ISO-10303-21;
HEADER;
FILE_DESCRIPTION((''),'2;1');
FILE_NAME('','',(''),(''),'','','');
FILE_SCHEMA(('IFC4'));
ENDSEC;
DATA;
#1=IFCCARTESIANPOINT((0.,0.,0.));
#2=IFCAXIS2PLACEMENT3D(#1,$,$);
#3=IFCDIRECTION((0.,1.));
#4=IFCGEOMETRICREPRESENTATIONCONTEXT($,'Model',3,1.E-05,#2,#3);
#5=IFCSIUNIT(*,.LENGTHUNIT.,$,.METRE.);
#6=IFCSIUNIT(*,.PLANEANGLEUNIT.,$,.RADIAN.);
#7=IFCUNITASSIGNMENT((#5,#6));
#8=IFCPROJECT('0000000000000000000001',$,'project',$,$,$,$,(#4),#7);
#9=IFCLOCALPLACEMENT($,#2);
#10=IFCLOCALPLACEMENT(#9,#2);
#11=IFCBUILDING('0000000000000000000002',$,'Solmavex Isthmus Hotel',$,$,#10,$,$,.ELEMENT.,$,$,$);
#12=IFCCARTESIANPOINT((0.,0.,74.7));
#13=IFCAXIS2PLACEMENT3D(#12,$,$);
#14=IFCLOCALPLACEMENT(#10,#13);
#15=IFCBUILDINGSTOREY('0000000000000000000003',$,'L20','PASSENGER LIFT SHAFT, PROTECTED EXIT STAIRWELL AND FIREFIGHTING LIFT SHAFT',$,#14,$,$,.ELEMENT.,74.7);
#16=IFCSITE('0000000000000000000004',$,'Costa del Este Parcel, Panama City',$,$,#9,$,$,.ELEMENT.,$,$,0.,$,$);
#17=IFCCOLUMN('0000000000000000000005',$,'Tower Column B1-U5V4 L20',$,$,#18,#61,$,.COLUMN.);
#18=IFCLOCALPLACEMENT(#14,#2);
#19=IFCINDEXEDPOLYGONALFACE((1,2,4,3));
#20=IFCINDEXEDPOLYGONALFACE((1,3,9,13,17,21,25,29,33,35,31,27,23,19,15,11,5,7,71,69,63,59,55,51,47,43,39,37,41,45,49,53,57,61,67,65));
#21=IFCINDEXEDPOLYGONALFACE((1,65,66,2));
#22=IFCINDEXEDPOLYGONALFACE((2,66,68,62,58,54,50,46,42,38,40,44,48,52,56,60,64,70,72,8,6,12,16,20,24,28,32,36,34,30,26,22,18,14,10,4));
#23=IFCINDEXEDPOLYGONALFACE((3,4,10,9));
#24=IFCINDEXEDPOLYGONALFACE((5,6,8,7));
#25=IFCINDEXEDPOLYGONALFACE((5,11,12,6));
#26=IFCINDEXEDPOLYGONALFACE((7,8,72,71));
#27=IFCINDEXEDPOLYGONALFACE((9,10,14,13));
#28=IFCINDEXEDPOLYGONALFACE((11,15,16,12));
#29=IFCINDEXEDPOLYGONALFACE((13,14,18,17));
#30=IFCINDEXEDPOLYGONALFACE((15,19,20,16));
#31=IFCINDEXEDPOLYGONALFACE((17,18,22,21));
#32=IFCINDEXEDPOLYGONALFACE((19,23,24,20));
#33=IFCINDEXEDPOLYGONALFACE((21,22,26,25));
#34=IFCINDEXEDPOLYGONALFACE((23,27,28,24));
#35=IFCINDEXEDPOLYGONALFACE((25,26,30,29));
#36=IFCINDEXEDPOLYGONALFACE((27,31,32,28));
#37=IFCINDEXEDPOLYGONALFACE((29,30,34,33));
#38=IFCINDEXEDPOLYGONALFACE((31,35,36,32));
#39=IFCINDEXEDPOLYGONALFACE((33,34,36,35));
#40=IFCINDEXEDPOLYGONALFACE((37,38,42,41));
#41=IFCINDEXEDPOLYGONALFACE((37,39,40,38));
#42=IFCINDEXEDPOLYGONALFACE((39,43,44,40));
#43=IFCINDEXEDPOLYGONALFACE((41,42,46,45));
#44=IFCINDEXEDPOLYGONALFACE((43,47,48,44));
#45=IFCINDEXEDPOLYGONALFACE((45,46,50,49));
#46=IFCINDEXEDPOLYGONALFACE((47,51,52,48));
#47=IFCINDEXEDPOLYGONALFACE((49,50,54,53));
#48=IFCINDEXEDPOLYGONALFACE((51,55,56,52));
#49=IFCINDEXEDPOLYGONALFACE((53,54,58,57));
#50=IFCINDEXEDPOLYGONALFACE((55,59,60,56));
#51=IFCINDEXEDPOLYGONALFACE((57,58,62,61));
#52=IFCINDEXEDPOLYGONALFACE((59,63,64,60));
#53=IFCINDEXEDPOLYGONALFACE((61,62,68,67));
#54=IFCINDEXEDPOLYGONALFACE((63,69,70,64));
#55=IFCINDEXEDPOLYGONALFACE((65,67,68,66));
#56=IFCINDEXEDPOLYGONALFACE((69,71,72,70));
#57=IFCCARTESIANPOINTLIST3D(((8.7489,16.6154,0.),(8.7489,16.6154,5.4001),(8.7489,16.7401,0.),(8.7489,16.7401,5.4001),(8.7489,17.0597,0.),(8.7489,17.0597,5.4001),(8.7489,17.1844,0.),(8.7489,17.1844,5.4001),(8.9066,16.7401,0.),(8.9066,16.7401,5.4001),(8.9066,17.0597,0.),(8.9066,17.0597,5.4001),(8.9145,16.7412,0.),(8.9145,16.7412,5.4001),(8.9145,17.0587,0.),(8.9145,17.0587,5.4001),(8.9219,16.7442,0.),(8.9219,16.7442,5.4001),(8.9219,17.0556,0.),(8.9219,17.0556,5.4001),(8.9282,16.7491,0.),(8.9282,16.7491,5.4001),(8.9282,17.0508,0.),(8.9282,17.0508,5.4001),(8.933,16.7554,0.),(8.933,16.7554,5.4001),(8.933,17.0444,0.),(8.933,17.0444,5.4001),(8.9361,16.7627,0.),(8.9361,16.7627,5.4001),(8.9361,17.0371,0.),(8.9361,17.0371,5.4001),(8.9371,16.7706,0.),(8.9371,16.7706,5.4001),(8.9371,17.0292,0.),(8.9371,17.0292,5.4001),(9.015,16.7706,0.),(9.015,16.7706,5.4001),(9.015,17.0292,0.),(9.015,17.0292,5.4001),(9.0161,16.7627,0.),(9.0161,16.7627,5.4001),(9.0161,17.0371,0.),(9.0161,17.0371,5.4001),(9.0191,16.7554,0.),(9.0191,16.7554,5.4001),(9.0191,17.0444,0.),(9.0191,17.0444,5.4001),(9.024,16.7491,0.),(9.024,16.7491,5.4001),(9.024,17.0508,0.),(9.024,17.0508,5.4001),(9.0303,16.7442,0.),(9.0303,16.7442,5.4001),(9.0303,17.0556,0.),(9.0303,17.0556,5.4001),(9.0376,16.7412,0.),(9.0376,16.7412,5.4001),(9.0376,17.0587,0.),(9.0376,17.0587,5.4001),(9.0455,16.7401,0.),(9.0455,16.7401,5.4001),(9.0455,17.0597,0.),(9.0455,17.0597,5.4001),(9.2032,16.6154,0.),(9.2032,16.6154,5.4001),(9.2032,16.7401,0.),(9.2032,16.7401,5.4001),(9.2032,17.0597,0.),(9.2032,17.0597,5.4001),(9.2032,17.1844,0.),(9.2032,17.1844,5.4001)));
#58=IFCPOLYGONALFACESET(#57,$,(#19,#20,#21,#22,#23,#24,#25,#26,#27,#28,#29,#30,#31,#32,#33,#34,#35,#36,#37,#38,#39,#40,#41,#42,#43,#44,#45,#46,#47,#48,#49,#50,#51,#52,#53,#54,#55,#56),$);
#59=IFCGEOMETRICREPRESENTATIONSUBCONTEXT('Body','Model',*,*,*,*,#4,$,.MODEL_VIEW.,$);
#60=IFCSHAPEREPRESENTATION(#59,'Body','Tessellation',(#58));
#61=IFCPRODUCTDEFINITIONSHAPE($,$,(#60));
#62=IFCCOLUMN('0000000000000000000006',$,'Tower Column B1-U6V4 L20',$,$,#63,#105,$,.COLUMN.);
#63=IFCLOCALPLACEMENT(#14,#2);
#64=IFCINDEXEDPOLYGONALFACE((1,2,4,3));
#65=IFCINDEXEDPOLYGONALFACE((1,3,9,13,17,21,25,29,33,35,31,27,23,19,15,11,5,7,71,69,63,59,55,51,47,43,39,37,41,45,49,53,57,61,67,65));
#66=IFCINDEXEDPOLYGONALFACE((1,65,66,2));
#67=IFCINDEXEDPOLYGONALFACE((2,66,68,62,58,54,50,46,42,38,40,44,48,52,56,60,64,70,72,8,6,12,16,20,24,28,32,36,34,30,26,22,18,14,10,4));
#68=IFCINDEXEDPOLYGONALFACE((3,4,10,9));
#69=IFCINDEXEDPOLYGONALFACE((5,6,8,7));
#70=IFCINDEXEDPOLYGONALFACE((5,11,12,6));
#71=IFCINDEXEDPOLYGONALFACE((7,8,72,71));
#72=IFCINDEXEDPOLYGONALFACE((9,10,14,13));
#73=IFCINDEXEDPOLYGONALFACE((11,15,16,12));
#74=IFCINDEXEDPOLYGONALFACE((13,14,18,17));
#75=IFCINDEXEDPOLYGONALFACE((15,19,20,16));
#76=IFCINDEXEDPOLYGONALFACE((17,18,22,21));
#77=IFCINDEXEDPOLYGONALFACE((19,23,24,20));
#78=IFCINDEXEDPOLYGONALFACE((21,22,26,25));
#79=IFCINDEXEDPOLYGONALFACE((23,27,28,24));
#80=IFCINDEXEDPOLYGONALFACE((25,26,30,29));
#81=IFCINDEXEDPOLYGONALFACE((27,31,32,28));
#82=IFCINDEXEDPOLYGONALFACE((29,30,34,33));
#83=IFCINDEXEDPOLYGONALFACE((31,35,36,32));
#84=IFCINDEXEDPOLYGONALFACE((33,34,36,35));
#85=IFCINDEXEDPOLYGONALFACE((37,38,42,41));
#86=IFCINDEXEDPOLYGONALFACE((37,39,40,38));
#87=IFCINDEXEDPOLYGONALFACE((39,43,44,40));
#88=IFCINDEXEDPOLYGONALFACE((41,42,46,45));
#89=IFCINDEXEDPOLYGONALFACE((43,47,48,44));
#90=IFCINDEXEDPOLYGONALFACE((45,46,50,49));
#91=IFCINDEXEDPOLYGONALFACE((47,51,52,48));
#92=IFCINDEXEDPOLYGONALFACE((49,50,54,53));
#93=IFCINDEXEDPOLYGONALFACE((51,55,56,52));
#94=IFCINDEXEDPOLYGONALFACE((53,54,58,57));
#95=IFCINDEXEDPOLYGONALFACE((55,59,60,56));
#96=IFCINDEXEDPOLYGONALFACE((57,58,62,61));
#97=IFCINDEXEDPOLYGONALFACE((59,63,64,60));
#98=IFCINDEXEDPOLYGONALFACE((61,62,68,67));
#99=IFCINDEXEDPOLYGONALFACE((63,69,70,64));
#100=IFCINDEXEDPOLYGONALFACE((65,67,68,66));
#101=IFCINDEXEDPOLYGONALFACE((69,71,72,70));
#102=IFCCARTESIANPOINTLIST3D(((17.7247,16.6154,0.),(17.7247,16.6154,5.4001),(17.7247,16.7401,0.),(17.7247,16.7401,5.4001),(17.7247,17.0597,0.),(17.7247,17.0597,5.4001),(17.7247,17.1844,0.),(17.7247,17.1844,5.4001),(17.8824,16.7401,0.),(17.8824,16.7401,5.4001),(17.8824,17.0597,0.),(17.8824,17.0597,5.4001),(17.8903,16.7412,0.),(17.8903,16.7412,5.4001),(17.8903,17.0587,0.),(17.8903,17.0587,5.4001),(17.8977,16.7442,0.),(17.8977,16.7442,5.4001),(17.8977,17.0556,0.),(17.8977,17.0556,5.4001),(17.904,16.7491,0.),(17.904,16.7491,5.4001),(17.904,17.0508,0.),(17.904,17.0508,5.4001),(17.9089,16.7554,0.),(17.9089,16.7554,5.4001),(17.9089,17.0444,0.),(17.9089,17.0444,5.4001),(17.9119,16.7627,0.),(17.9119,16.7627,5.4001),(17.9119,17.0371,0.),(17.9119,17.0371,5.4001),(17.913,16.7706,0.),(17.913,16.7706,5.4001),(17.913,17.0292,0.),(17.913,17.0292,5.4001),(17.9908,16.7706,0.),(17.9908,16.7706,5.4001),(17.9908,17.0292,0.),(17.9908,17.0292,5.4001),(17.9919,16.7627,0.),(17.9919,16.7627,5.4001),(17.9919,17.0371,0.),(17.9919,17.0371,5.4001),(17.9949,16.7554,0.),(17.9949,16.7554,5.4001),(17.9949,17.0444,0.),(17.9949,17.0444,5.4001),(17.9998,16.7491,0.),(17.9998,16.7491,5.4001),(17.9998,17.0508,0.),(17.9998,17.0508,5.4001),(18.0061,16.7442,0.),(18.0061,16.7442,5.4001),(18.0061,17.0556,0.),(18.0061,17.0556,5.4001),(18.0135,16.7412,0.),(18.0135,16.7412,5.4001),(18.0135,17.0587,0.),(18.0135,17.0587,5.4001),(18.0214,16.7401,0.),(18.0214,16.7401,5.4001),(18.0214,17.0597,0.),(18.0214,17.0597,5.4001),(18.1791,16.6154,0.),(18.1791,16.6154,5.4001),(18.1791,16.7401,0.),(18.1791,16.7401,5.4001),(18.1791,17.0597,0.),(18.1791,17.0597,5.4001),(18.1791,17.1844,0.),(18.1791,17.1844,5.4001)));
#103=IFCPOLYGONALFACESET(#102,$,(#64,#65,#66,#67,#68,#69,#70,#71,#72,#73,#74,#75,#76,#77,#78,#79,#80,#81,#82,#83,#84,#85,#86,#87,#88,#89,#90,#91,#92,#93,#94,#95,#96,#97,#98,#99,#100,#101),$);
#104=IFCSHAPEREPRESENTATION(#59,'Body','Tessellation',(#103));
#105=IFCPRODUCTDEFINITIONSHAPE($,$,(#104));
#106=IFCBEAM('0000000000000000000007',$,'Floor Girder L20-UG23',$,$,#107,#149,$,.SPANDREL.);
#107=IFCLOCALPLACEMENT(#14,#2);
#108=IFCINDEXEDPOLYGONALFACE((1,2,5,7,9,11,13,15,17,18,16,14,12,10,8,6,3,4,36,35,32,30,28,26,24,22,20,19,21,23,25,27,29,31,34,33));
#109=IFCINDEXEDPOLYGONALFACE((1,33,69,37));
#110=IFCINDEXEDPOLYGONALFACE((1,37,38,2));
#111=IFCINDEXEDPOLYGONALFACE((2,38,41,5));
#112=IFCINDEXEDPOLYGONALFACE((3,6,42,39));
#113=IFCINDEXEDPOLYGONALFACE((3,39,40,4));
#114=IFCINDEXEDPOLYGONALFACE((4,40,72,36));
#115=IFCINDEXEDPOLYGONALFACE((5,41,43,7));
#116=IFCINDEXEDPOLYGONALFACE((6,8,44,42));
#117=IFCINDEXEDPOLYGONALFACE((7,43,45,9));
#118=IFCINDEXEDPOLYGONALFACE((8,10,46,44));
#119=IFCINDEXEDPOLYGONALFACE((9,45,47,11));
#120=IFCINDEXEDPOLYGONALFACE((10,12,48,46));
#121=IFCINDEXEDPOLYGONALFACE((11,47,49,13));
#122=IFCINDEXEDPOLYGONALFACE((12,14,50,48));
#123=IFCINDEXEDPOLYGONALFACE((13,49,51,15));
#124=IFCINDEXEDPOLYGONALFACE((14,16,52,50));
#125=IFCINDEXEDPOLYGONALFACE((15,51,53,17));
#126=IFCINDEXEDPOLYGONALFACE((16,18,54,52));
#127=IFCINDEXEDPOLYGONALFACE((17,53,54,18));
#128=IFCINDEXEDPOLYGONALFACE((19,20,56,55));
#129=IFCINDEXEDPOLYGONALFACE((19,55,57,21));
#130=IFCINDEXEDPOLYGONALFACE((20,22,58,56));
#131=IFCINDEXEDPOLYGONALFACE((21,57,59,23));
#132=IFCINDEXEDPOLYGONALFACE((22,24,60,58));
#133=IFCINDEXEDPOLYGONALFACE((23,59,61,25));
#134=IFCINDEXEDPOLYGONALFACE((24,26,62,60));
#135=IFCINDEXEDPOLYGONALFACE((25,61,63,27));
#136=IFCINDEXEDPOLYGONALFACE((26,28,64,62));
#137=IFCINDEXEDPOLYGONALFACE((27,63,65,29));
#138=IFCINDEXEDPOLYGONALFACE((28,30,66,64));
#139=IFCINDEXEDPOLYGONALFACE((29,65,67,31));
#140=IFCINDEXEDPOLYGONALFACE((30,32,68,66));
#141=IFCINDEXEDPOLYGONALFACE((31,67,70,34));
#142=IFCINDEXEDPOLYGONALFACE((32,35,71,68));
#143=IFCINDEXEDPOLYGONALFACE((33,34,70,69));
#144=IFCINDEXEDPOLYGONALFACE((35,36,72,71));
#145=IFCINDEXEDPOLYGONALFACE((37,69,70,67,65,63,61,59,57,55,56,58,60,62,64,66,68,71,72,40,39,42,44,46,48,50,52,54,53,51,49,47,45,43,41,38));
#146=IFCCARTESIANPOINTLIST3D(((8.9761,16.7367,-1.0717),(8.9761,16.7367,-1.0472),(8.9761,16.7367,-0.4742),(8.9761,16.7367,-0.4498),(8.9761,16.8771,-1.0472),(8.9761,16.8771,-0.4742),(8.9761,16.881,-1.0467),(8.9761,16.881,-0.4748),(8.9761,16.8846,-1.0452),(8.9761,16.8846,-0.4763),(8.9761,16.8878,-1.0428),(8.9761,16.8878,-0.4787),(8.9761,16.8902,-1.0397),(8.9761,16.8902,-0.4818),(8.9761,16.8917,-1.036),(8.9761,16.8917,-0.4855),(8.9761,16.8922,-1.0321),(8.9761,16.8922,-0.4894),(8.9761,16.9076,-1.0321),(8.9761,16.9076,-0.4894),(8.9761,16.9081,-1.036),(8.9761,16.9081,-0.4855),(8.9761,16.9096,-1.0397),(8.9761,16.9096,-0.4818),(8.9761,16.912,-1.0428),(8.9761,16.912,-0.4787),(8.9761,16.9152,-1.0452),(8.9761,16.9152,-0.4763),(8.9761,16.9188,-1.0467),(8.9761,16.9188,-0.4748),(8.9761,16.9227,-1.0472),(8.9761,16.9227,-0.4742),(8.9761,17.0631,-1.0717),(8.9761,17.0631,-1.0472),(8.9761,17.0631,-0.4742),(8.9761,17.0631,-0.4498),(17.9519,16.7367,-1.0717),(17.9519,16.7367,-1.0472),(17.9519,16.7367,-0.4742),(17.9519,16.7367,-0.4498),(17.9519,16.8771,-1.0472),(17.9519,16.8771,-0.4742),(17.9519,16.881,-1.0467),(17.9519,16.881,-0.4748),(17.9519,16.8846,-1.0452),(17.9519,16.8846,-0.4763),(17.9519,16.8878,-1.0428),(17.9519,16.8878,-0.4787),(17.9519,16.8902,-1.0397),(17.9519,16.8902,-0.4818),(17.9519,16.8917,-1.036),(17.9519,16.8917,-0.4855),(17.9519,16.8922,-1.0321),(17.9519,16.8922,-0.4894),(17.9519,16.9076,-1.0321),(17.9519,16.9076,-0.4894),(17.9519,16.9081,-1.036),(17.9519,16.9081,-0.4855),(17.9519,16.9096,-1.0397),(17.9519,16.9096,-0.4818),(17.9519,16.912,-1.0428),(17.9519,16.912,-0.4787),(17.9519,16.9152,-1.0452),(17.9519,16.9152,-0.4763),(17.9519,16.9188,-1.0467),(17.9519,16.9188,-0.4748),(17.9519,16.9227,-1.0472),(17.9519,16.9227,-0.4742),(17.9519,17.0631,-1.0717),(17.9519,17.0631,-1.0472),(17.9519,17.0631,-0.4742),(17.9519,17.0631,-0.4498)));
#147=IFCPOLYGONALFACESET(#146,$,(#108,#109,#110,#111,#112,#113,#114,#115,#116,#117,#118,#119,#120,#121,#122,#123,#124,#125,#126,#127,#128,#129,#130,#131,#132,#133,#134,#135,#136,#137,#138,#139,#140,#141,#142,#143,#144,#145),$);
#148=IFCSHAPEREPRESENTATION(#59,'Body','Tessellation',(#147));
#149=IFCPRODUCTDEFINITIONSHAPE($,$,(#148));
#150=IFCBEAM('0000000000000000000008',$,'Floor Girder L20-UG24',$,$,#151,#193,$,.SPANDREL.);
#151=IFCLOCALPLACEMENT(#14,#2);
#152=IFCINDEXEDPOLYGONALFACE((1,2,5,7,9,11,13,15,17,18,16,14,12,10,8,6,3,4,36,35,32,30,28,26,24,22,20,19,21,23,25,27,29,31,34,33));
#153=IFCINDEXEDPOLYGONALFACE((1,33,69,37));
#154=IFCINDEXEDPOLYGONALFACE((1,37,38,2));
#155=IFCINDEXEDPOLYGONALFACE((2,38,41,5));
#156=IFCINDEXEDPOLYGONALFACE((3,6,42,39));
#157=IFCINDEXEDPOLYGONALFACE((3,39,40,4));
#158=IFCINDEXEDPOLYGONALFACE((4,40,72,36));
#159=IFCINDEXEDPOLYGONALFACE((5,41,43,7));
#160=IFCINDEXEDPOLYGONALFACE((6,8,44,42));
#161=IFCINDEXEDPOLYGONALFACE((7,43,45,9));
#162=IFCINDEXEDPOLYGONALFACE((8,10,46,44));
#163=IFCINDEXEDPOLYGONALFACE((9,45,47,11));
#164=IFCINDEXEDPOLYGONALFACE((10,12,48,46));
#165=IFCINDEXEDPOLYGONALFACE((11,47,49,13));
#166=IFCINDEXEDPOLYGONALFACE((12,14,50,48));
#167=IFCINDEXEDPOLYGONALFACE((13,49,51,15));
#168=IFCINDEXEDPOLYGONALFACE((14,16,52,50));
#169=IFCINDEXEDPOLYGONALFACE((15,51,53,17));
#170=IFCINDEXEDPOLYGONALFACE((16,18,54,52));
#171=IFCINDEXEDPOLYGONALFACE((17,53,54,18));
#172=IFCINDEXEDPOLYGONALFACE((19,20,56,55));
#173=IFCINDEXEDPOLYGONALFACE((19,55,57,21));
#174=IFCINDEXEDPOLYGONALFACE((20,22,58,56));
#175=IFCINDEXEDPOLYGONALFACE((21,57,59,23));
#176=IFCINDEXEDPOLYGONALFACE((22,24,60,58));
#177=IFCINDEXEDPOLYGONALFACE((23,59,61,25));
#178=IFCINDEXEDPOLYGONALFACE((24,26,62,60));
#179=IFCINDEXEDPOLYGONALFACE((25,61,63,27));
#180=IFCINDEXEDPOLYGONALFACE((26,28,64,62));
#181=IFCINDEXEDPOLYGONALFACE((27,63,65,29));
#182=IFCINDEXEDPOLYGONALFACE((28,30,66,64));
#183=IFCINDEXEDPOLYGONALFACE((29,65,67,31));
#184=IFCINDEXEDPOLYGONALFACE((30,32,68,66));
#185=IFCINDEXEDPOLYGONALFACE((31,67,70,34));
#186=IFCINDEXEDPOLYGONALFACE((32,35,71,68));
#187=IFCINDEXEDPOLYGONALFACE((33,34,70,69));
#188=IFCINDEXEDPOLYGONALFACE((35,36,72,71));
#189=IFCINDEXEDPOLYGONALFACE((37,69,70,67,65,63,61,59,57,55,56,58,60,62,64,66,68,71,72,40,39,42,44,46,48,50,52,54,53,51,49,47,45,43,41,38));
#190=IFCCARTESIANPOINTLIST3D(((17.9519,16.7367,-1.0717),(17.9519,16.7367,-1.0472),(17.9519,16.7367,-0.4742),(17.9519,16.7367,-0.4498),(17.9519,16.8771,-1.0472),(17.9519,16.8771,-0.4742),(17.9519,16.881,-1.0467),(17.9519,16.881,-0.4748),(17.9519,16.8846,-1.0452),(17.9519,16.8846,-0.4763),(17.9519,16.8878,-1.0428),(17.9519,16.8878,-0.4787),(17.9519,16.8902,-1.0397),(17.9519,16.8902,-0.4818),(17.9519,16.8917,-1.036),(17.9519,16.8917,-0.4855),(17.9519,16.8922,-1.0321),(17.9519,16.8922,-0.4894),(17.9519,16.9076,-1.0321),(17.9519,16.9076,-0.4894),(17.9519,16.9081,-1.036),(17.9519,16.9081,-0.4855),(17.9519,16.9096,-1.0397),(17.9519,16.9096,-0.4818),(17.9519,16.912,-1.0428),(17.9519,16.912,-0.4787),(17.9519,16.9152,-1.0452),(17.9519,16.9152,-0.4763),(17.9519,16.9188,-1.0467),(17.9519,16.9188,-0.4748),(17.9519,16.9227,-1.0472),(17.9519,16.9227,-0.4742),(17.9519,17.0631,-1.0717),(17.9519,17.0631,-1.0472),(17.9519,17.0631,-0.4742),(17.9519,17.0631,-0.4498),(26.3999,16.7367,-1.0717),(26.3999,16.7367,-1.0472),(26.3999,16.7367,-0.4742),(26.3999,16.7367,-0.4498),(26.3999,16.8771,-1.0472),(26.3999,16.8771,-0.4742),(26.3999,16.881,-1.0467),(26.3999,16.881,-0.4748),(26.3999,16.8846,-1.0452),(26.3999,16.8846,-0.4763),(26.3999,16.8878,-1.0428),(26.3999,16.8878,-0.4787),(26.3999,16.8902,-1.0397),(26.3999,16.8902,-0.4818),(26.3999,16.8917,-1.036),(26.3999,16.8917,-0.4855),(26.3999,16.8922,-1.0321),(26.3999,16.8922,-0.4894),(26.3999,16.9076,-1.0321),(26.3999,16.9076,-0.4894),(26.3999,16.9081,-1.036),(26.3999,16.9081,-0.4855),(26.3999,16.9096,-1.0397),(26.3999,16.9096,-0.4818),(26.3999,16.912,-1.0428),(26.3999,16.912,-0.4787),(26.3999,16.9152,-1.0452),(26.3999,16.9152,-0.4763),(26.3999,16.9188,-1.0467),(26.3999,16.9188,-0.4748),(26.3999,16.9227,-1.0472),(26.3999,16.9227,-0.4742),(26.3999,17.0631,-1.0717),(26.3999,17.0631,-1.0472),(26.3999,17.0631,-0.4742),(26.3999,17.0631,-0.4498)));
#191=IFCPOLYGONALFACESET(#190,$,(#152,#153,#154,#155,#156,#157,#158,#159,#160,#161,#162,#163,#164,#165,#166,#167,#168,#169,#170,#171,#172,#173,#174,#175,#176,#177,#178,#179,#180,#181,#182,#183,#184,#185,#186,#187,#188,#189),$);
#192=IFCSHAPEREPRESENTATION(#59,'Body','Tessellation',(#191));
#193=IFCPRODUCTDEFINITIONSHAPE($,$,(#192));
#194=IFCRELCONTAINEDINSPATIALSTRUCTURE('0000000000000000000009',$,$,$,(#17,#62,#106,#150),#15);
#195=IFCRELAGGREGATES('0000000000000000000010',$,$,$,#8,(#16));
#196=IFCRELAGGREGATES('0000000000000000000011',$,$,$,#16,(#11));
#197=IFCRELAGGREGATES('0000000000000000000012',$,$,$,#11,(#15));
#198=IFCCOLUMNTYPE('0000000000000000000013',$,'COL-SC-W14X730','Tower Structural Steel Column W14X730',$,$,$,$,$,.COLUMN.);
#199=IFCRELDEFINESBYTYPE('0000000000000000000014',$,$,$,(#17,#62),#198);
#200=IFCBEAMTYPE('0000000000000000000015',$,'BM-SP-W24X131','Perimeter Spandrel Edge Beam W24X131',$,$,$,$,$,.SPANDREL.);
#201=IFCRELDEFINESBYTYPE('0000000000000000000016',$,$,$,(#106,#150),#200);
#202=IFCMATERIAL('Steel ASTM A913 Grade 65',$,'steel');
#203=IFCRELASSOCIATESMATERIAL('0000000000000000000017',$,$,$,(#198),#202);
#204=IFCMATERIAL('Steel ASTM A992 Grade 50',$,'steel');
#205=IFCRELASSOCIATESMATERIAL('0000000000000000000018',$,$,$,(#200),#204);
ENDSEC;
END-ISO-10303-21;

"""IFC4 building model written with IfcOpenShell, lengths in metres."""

from ifc_helpers import new_model, si_unit, direction, frame, origin, origin_2d, place, context, subcontext, project, spatial, i_section, extrude, material, material_profile, profile_set, type_object, element, save


model = new_model("IFC4")

# Units and contexts
model_context = context("Model", 3, precision=1e-05, world=origin(), true_north=direction((0.0, 1.0)))
body_context = subcontext(model_context, "Body", "Model", "MODEL_VIEW")
ifc_project = project(units=[si_unit("LENGTHUNIT", "METRE"), si_unit("PLANEANGLEUNIT", "RADIAN")], contexts=[model_context])

# Site, building, storey
site_placement = place(None, origin())
site = spatial("IfcSite", under=ifc_project, at=site_placement, Name="Costa del Este Parcel, Panama City", CompositionType="ELEMENT", RefElevation=0.0)
building_placement = place(site_placement, origin())
building = spatial("IfcBuilding", under=site, at=building_placement, Name="Solmavex Isthmus Hotel", CompositionType="ELEMENT")
storey_placement = place(building_placement, frame((0.0, 0.0, 74.7)))
storey = spatial("IfcBuildingStorey", under=building, at=storey_placement, Name="L20", Description="PASSENGER LIFT SHAFT, PROTECTED EXIT STAIRWELL AND FIREFIGHTING LIFT SHAFT", CompositionType="ELEMENT", Elevation=74.7)

# Columns
ifc_material_1 = material(Name="Steel ASTM A913 Grade 65", Category="steel")
ifc_material_profile_1 = material_profile(ifc_material_1, i_section(OverallWidth=0.4543, OverallDepth=0.5691, WebThickness=0.0779, FlangeThickness=0.1248, FilletRadius=0.0305, at=origin_2d()), Name="W14X730")
ifc_profile_set_1 = profile_set([ifc_material_profile_1], Name="Steel ASTM A913 Grade 65")
column_type = type_object("IfcColumnType", Name="COL-SC-W14X730", Description="Tower Structural Steel Column W14X730", PredefinedType="COLUMN", material=ifc_profile_set_1)
for number, where, z_axis, x_axis, name in (
    (1, (8.9761, 16.8999, 0.0), (0.0, 0.0, 1.0), (1.0, 0.0, 0.0), "Tower Column B1-U5V4 L20"),
    (2, (17.9519, 16.8999, 0.0), (0.0, 0.0, 1.0), (1.0, 0.0, 0.0), "Tower Column B1-U6V4 L20"),
):
    element("IfcColumn", number, at=place(storey_placement, frame(where, z_axis=z_axis, x_axis=x_axis)), inside=storey, type_object=column_type, Name=name, PredefinedType="COLUMN", context=body_context, shape_type="SweptSolid", body=[
        extrude(i_section(OverallWidth=0.4543, OverallDepth=0.5691, WebThickness=0.0779, FlangeThickness=0.1248, FilletRadius=0.0305, at=origin_2d()), origin(), (0.0, 0.0, 1.0), 5.4001),
    ])

# Beams
ifc_material_2 = material(Name="Steel ASTM A992 Grade 50", Category="steel")
ifc_material_profile_2 = material_profile(ifc_material_2, i_section(OverallWidth=0.3264, OverallDepth=0.6218, WebThickness=0.0154, FlangeThickness=0.0244, FilletRadius=0.0151, at=origin_2d()), Name="W24X131")
ifc_profile_set_2 = profile_set([ifc_material_profile_2], Name="Steel ASTM A992 Grade 50")
beam_type_1 = type_object("IfcBeamType", Name="BM-SP-W24X131", Description="Perimeter Spandrel Edge Beam W24X131", PredefinedType="SPANDREL", material=ifc_profile_set_2)
beam_1_placement = place(storey_placement, frame((8.9761, 16.8999, -0.7607), z_axis=(1.0, 0.0, 0.0), x_axis=(0.0, 1.0, 0.0)))
element("IfcBeam", 3, at=beam_1_placement, inside=storey, type_object=beam_type_1, Name="Floor Girder L20-UG23", PredefinedType="SPANDREL", context=body_context, shape_type="SweptSolid", body=[
    extrude(i_section(OverallWidth=0.3264, OverallDepth=0.6218, WebThickness=0.0154, FlangeThickness=0.0244, FilletRadius=0.0151, at=origin_2d()), origin(), (0.0, 0.0, 1.0), 8.9758),
])
beam_2_placement = place(storey_placement, frame((17.9519, 16.8999, -0.7607), z_axis=(1.0, 0.0, 0.0), x_axis=(0.0, 1.0, 0.0)))
element("IfcBeam", 4, at=beam_2_placement, inside=storey, type_object=beam_type_1, Name="Floor Girder L20-UG24", PredefinedType="SPANDREL", context=body_context, shape_type="SweptSolid", body=[
    extrude(i_section(OverallWidth=0.3264, OverallDepth=0.6218, WebThickness=0.0154, FlangeThickness=0.0244, FilletRadius=0.0151, at=origin_2d()), origin(), (0.0, 0.0, 1.0), 8.448),
])

save(model, "model.ifc")
